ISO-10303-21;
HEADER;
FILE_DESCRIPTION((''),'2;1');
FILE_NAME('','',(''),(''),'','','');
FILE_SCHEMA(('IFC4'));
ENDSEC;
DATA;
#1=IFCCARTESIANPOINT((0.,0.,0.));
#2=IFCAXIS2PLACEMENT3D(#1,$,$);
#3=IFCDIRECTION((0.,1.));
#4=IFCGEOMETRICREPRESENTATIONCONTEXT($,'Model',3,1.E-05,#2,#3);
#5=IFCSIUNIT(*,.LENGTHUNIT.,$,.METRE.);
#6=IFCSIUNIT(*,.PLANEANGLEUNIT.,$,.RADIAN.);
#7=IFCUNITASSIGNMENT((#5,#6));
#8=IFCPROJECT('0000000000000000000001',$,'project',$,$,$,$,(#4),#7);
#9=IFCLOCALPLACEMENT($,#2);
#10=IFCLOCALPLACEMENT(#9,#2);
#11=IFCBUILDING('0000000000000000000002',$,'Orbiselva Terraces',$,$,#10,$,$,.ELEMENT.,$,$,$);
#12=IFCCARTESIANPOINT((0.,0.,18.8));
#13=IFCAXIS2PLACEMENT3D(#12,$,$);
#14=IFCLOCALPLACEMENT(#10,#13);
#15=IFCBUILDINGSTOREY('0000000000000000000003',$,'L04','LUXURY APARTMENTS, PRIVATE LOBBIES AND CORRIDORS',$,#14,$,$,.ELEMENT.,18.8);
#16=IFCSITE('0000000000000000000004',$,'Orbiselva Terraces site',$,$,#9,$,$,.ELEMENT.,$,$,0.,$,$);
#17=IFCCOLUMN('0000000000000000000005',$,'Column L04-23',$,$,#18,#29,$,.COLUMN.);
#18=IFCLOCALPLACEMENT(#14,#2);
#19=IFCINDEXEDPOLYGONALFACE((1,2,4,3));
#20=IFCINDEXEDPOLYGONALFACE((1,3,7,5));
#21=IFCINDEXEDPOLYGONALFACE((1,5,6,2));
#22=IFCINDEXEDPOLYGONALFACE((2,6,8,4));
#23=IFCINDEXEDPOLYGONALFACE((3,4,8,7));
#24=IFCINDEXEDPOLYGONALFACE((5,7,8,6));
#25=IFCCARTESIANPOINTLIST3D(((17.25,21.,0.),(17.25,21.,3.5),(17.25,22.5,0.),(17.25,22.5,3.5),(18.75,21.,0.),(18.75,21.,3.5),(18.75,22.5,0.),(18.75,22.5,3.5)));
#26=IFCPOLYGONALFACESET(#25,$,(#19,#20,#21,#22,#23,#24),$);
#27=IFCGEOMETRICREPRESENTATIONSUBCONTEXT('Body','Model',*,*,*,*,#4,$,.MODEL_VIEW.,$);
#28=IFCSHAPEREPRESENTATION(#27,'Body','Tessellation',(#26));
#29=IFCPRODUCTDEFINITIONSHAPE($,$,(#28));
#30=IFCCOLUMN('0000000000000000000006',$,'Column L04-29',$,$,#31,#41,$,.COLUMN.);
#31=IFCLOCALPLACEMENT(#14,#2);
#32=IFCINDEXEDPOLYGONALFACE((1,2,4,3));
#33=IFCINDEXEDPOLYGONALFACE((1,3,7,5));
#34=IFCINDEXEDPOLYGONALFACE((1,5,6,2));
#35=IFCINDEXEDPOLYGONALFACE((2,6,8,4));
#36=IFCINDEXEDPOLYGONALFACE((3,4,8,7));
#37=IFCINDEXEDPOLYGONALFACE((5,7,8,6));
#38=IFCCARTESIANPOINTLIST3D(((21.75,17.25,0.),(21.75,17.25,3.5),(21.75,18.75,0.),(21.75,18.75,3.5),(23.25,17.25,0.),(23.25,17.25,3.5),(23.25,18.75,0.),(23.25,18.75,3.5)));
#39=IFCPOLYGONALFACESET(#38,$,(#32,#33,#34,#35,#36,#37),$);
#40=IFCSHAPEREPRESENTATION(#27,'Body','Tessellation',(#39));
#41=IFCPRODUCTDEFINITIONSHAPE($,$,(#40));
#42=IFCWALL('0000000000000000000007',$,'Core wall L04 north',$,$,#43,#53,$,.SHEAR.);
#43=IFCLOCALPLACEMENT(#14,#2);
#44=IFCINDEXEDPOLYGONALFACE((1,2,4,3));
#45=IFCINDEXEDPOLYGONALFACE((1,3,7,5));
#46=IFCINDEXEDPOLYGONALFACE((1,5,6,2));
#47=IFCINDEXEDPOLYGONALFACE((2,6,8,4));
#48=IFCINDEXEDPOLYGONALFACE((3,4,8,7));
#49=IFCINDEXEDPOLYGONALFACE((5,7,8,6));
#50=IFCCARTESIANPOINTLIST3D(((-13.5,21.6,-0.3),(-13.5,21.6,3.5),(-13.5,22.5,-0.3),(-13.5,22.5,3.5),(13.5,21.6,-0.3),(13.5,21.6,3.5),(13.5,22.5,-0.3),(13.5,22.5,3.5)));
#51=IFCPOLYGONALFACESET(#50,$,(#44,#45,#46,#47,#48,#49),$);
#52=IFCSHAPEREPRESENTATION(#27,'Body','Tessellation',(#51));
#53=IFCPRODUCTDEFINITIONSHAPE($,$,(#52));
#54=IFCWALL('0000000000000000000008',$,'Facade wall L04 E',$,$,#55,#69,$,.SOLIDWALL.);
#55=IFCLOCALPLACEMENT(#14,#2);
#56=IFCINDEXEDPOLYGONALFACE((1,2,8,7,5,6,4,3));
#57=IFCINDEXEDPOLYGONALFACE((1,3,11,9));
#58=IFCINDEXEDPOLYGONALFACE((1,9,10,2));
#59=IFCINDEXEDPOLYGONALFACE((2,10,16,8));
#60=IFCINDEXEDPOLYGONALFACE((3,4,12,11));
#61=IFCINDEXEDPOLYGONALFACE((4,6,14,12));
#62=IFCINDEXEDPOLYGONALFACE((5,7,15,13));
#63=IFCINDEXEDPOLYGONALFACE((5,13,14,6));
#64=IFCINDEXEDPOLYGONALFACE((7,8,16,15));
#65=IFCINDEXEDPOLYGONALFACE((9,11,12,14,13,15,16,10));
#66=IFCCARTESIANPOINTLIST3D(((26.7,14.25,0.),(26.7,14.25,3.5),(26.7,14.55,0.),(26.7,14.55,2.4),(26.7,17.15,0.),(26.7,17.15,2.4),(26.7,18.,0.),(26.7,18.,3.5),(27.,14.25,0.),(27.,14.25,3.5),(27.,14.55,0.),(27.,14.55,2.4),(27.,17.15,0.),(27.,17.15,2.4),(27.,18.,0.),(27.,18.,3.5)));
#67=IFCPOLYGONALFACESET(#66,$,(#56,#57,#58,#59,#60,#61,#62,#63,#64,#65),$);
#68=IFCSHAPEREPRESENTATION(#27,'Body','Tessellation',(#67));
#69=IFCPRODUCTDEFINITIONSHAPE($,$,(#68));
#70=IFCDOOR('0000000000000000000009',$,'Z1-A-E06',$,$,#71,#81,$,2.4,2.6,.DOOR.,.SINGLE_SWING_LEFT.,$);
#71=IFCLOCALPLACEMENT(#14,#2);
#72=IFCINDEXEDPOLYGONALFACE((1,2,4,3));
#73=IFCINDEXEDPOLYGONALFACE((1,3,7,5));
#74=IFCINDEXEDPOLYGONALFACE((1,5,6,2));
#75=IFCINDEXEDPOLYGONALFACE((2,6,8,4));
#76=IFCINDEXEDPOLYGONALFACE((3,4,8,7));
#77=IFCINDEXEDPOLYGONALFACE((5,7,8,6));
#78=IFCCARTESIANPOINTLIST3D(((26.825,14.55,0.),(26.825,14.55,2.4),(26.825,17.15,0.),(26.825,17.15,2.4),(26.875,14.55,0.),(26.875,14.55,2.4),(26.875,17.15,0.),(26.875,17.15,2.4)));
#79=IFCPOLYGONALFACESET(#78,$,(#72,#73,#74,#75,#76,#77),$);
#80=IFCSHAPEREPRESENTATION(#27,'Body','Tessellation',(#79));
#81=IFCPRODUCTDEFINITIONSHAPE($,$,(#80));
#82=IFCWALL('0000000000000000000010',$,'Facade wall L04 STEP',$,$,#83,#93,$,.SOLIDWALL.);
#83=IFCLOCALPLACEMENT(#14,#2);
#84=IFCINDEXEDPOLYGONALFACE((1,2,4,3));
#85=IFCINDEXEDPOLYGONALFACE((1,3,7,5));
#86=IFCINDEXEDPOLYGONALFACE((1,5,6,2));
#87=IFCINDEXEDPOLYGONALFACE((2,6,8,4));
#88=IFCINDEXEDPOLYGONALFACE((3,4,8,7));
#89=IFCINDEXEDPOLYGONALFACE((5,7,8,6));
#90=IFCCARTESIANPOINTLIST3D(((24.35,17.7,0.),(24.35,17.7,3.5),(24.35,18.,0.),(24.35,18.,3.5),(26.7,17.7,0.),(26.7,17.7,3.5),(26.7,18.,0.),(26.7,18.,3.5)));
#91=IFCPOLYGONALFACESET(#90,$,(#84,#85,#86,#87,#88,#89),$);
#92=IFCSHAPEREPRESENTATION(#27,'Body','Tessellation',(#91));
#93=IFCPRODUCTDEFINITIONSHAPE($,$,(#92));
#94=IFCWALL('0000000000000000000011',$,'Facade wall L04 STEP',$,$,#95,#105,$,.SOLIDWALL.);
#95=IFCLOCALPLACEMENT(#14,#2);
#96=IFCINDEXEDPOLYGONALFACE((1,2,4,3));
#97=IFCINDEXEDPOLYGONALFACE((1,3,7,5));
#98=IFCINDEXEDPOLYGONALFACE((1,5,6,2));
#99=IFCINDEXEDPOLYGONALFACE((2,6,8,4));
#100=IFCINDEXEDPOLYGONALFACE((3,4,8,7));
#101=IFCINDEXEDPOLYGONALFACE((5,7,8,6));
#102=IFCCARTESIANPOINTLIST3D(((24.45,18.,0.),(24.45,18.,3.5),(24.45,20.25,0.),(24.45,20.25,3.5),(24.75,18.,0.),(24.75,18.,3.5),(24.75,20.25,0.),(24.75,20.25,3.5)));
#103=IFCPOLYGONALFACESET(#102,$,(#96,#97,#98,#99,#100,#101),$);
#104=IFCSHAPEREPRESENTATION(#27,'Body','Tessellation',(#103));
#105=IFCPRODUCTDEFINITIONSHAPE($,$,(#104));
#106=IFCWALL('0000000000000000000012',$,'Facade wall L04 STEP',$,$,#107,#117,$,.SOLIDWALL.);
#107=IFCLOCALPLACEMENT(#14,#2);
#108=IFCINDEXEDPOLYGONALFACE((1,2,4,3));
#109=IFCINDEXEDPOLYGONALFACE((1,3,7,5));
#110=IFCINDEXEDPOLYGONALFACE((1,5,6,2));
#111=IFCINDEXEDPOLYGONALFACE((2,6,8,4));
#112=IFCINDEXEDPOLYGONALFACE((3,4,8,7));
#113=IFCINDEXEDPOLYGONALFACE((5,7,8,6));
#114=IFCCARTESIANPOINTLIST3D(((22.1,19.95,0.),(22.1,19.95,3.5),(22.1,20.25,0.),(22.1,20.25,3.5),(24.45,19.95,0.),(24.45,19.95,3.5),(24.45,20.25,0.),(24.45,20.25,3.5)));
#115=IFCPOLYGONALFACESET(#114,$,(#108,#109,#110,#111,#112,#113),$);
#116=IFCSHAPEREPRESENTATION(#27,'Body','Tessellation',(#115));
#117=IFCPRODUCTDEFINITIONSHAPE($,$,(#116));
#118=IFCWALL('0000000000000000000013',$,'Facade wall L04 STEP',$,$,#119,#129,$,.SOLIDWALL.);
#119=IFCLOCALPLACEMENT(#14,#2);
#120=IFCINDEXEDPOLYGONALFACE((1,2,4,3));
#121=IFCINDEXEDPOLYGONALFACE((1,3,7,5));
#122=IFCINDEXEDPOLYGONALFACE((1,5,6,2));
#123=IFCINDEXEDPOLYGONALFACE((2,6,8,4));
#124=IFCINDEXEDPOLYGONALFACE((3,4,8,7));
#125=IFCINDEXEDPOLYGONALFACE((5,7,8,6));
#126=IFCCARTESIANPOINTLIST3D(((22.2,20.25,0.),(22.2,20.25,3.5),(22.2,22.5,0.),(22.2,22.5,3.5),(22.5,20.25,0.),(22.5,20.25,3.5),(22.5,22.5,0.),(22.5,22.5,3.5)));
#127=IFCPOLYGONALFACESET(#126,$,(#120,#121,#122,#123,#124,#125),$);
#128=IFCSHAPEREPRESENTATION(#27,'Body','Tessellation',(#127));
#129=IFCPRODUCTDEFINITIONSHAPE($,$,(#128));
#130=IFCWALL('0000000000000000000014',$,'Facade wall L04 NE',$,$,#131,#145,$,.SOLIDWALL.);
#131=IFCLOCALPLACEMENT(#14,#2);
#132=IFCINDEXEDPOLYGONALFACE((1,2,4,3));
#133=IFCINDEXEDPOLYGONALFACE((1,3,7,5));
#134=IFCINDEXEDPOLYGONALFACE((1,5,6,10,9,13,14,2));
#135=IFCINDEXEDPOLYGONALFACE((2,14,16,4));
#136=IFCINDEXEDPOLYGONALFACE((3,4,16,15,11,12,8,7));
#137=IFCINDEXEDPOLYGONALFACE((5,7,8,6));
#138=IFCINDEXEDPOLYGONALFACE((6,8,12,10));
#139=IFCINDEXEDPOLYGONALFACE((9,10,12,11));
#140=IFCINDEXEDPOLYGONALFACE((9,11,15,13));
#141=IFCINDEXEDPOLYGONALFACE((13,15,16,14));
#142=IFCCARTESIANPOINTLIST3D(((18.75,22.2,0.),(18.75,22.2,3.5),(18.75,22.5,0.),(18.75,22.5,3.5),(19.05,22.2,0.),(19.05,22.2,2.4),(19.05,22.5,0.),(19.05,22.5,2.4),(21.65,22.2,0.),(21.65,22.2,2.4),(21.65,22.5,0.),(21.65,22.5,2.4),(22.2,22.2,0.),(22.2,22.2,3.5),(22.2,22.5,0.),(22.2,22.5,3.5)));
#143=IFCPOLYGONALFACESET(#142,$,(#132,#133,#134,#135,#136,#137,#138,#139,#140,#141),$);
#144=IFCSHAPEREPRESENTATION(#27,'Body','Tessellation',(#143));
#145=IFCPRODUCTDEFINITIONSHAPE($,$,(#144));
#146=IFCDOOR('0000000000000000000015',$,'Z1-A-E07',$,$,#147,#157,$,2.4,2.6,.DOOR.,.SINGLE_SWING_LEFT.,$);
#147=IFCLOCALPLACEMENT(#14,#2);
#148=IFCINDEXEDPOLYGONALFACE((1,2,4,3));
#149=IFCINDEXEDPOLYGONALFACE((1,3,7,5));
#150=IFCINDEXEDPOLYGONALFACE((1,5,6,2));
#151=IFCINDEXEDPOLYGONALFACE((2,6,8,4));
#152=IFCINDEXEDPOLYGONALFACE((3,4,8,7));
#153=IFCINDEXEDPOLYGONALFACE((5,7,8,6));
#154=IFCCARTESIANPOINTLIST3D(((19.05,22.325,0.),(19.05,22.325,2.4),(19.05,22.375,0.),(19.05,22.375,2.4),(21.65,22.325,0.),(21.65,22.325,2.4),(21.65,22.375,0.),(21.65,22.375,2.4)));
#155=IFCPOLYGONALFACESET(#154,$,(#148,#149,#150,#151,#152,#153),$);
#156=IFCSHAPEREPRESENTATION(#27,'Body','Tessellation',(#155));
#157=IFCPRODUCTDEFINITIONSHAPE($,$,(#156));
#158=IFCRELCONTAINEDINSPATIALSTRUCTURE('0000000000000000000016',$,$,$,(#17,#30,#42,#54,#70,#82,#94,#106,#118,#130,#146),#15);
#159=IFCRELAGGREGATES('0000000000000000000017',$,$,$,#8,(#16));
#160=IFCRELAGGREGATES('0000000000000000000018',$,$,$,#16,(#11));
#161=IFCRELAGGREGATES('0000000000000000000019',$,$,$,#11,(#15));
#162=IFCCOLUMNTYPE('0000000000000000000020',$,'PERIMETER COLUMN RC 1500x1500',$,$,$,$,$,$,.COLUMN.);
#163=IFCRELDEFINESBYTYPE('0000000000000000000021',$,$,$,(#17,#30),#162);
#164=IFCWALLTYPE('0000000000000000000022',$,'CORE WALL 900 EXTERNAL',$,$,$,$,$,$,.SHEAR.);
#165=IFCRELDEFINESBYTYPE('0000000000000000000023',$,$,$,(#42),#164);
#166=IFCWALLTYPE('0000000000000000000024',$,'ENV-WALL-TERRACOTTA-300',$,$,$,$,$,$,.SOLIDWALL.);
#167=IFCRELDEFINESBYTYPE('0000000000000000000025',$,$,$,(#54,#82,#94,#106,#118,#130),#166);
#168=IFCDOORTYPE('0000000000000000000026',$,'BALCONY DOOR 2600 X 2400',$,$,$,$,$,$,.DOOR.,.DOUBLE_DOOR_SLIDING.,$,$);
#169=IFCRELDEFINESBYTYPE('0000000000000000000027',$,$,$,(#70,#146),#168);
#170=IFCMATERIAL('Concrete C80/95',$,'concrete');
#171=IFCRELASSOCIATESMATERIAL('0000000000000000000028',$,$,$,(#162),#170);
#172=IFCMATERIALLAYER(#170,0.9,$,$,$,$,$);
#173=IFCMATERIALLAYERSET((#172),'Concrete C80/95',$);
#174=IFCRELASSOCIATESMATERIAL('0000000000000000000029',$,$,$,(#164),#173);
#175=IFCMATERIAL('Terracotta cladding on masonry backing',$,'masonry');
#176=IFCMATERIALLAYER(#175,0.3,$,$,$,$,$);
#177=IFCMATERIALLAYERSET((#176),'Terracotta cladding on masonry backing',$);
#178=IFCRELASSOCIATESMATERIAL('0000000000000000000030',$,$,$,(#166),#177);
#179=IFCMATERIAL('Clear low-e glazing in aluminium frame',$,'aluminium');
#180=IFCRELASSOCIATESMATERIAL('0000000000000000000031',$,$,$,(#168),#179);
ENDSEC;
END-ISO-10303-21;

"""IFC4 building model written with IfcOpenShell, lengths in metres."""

from ifc_helpers import new_model, si_unit, direction, frame, frame_2d, origin, origin_2d, place, context, subcontext, project, spatial, rectangle, extrude, material, layer, layer_set, material_profile, profile_set, type_object, element, fill, save


model = new_model("IFC4")

# Units and contexts
model_context = context("Model", 3, precision=1e-05, world=origin(), true_north=direction((0.0, 1.0)))
body_context = subcontext(model_context, "Body", "Model", "MODEL_VIEW")
ifc_project = project(units=[si_unit("LENGTHUNIT", "METRE"), si_unit("PLANEANGLEUNIT", "RADIAN")], contexts=[model_context])

# Site, building, storey
site_placement = place(None, origin())
site = spatial("IfcSite", under=ifc_project, at=site_placement, Name="Orbiselva Terraces site", CompositionType="ELEMENT", RefElevation=0.0)
building_placement = place(site_placement, origin())
building = spatial("IfcBuilding", under=site, at=building_placement, Name="Orbiselva Terraces", CompositionType="ELEMENT")
storey_placement = place(building_placement, frame((0.0, 0.0, 18.8)))
storey = spatial("IfcBuildingStorey", under=building, at=storey_placement, Name="L04", Description="LUXURY APARTMENTS, PRIVATE LOBBIES AND CORRIDORS", CompositionType="ELEMENT", Elevation=18.8)

# Columns
ifc_material_1 = material(Name="Concrete C80/95", Category="concrete")
ifc_material_profile = material_profile(ifc_material_1, rectangle(XDim=1.5, YDim=1.5, at=origin_2d()), Name="RC 1500x1500")
ifc_profile_set = profile_set([ifc_material_profile], Name="Concrete C80/95")
column_type = type_object("IfcColumnType", Name="PERIMETER COLUMN RC 1500x1500", PredefinedType="COLUMN", material=ifc_profile_set)
for number, where, z_axis, x_axis, name in (
    (1, (18.0, 21.75, 0.0), (0.0, 0.0, 1.0), (1.0, 0.0, 0.0), "Column L04-23"),
    (2, (22.5, 18.0, 0.0), (0.0, 0.0, 1.0), (1.0, 0.0, 0.0), "Column L04-29"),
):
    element("IfcColumn", number, at=place(storey_placement, frame(where, z_axis=z_axis, x_axis=x_axis)), inside=storey, type_object=column_type, Name=name, PredefinedType="COLUMN", context=body_context, shape_type="SweptSolid", body=[
        extrude(rectangle(XDim=1.5, YDim=1.5, at=origin_2d()), origin(), (0.0, 0.0, 1.0), 3.5),
    ])

# Wall
ifc_layer_1 = layer(ifc_material_1, 0.9)
ifc_layer_set_1 = layer_set([ifc_layer_1], Name="Concrete C80/95")
wall_type_1 = type_object("IfcWallType", Name="CORE WALL 900 EXTERNAL", PredefinedType="SHEAR", material=ifc_layer_set_1)
wall_1_placement = place(storey_placement, frame((13.5, 22.05, -0.3), z_axis=(0.0, 0.0, 1.0), x_axis=(-1.0, 0.0, 0.0)))
element("IfcWall", 3, at=wall_1_placement, inside=storey, type_object=wall_type_1, Name="Core wall L04 north", PredefinedType="SHEAR", context=body_context, shape_type="SweptSolid", body=[
    extrude(rectangle(XDim=27.0, YDim=0.9, at=frame_2d((13.5, 0.0))), origin(), (0.0, 0.0, 1.0), 3.8),
])

# Wall, opening, door
ifc_material_2 = material(Name="Terracotta cladding on masonry backing", Category="masonry")
ifc_layer_2 = layer(ifc_material_2, 0.3)
ifc_layer_set_2 = layer_set([ifc_layer_2], Name="Terracotta cladding on masonry backing")
wall_type_2 = type_object("IfcWallType", Name="ENV-WALL-TERRACOTTA-300", PredefinedType="SOLIDWALL", material=ifc_layer_set_2)
wall_2_placement = place(storey_placement, frame((26.85, 18.0, 0.0), z_axis=(0.0, 0.0, 1.0), x_axis=(0.0, -1.0, 0.0)))
wall_2 = element("IfcWall", 4, at=wall_2_placement, inside=storey, type_object=wall_type_2, Name="Facade wall L04 E", PredefinedType="SOLIDWALL", context=body_context, shape_type="SweptSolid", body=[
    extrude(rectangle(XDim=3.75, YDim=0.3, at=frame_2d((1.875, 0.0))), origin(), (0.0, 0.0, 1.0), 3.5),
])
opening_1_placement = place(wall_2_placement, frame((0.85, 0.0, 0.0)))
opening_1 = element("IfcOpeningElement", 5, at=opening_1_placement, cuts=wall_2, PredefinedType="OPENING", context=body_context, shape_type="SweptSolid", body=[
    extrude(rectangle(XDim=2.6, YDim=2.4, at=frame_2d((1.3, 1.2))), frame((0.0, 0.16, 0.0), z_axis=(0.0, -1.0, 0.0), x_axis=(1.0, 0.0, 0.0)), (0.0, 0.0, 1.0), 0.32),
])
ifc_material_3 = material(Name="Clear low-e glazing in aluminium frame", Category="aluminium")
door_type_1 = type_object("IfcDoorType", Name="BALCONY DOOR 2600 X 2400", OperationType="DOUBLE_DOOR_SLIDING", PredefinedType="DOOR", material=ifc_material_3)
door_1_placement = place(opening_1_placement, origin())
door_1 = element("IfcDoor", 6, at=door_1_placement, inside=storey, type_object=door_type_1, Name="Z1-A-E06", OperationType="SINGLE_SWING_LEFT", OverallHeight=2.4, OverallWidth=2.6, PredefinedType="DOOR", context=body_context, shape_type="SweptSolid", body=[
    extrude(rectangle(XDim=2.6, YDim=2.4, at=frame_2d((1.3, 1.2))), frame((0.0, 0.025, 0.0), z_axis=(0.0, -1.0, 0.0), x_axis=(1.0, 0.0, 0.0)), (0.0, 0.0, 1.0), 0.05),
])
fill(opening_1, door_1)

# Walls
wall_3_placement = place(storey_placement, frame((24.35, 17.85, 0.0), z_axis=(0.0, 0.0, 1.0), x_axis=(1.0, 0.0, 0.0)))
element("IfcWall", 7, at=wall_3_placement, inside=storey, type_object=wall_type_2, Name="Facade wall L04 STEP", PredefinedType="SOLIDWALL", context=body_context, shape_type="SweptSolid", body=[
    extrude(rectangle(XDim=2.35, YDim=0.3, at=frame_2d((1.175, 0.0))), origin(), (0.0, 0.0, 1.0), 3.5),
])
wall_4_placement = place(storey_placement, frame((24.6, 20.25, 0.0), z_axis=(0.0, 0.0, 1.0), x_axis=(0.0, -1.0, 0.0)))
element("IfcWall", 8, at=wall_4_placement, inside=storey, type_object=wall_type_2, Name="Facade wall L04 STEP", PredefinedType="SOLIDWALL", context=body_context, shape_type="SweptSolid", body=[
    extrude(rectangle(XDim=2.25, YDim=0.3, at=frame_2d((1.125, 0.0))), origin(), (0.0, 0.0, 1.0), 3.5),
])
wall_5_placement = place(storey_placement, frame((22.1, 20.1, 0.0), z_axis=(0.0, 0.0, 1.0), x_axis=(1.0, 0.0, 0.0)))
element("IfcWall", 9, at=wall_5_placement, inside=storey, type_object=wall_type_2, Name="Facade wall L04 STEP", PredefinedType="SOLIDWALL", context=body_context, shape_type="SweptSolid", body=[
    extrude(rectangle(XDim=2.35, YDim=0.3, at=frame_2d((1.175, 0.0))), origin(), (0.0, 0.0, 1.0), 3.5),
])
wall_6_placement = place(storey_placement, frame((22.35, 22.5, 0.0), z_axis=(0.0, 0.0, 1.0), x_axis=(0.0, -1.0, 0.0)))
element("IfcWall", 10, at=wall_6_placement, inside=storey, type_object=wall_type_2, Name="Facade wall L04 STEP", PredefinedType="SOLIDWALL", context=body_context, shape_type="SweptSolid", body=[
    extrude(rectangle(XDim=2.25, YDim=0.3, at=frame_2d((1.125, 0.0))), origin(), (0.0, 0.0, 1.0), 3.5),
])

# Wall, opening, door
wall_7_placement = place(storey_placement, frame((18.75, 22.35, 0.0), z_axis=(0.0, 0.0, 1.0), x_axis=(1.0, 0.0, 0.0)))
wall_7 = element("IfcWall", 11, at=wall_7_placement, inside=storey, type_object=wall_type_2, Name="Facade wall L04 NE", PredefinedType="SOLIDWALL", context=body_context, shape_type="SweptSolid", body=[
    extrude(rectangle(XDim=3.45, YDim=0.3, at=frame_2d((1.725, 0.0))), origin(), (0.0, 0.0, 1.0), 3.5),
])
opening_2_placement = place(wall_7_placement, frame((0.3, 0.0, 0.0)))
opening_2 = element("IfcOpeningElement", 12, at=opening_2_placement, cuts=wall_7, PredefinedType="OPENING", context=body_context, shape_type="SweptSolid", body=[
    extrude(rectangle(XDim=2.6, YDim=2.4, at=frame_2d((1.3, 1.2))), frame((0.0, 0.16, 0.0), z_axis=(0.0, -1.0, 0.0), x_axis=(1.0, 0.0, 0.0)), (0.0, 0.0, 1.0), 0.32),
])
door_2_placement = place(opening_2_placement, origin())
door_2 = element("IfcDoor", 13, at=door_2_placement, inside=storey, type_object=door_type_1, Name="Z1-A-E07", OperationType="SINGLE_SWING_LEFT", OverallHeight=2.4, OverallWidth=2.6, PredefinedType="DOOR", context=body_context, shape_type="SweptSolid", body=[
    extrude(rectangle(XDim=2.6, YDim=2.4, at=frame_2d((1.3, 1.2))), frame((0.0, 0.025, 0.0), z_axis=(0.0, -1.0, 0.0), x_axis=(1.0, 0.0, 0.0)), (0.0, 0.0, 1.0), 0.05),
])
fill(opening_2, door_2)

save(model, "model.ifc")
